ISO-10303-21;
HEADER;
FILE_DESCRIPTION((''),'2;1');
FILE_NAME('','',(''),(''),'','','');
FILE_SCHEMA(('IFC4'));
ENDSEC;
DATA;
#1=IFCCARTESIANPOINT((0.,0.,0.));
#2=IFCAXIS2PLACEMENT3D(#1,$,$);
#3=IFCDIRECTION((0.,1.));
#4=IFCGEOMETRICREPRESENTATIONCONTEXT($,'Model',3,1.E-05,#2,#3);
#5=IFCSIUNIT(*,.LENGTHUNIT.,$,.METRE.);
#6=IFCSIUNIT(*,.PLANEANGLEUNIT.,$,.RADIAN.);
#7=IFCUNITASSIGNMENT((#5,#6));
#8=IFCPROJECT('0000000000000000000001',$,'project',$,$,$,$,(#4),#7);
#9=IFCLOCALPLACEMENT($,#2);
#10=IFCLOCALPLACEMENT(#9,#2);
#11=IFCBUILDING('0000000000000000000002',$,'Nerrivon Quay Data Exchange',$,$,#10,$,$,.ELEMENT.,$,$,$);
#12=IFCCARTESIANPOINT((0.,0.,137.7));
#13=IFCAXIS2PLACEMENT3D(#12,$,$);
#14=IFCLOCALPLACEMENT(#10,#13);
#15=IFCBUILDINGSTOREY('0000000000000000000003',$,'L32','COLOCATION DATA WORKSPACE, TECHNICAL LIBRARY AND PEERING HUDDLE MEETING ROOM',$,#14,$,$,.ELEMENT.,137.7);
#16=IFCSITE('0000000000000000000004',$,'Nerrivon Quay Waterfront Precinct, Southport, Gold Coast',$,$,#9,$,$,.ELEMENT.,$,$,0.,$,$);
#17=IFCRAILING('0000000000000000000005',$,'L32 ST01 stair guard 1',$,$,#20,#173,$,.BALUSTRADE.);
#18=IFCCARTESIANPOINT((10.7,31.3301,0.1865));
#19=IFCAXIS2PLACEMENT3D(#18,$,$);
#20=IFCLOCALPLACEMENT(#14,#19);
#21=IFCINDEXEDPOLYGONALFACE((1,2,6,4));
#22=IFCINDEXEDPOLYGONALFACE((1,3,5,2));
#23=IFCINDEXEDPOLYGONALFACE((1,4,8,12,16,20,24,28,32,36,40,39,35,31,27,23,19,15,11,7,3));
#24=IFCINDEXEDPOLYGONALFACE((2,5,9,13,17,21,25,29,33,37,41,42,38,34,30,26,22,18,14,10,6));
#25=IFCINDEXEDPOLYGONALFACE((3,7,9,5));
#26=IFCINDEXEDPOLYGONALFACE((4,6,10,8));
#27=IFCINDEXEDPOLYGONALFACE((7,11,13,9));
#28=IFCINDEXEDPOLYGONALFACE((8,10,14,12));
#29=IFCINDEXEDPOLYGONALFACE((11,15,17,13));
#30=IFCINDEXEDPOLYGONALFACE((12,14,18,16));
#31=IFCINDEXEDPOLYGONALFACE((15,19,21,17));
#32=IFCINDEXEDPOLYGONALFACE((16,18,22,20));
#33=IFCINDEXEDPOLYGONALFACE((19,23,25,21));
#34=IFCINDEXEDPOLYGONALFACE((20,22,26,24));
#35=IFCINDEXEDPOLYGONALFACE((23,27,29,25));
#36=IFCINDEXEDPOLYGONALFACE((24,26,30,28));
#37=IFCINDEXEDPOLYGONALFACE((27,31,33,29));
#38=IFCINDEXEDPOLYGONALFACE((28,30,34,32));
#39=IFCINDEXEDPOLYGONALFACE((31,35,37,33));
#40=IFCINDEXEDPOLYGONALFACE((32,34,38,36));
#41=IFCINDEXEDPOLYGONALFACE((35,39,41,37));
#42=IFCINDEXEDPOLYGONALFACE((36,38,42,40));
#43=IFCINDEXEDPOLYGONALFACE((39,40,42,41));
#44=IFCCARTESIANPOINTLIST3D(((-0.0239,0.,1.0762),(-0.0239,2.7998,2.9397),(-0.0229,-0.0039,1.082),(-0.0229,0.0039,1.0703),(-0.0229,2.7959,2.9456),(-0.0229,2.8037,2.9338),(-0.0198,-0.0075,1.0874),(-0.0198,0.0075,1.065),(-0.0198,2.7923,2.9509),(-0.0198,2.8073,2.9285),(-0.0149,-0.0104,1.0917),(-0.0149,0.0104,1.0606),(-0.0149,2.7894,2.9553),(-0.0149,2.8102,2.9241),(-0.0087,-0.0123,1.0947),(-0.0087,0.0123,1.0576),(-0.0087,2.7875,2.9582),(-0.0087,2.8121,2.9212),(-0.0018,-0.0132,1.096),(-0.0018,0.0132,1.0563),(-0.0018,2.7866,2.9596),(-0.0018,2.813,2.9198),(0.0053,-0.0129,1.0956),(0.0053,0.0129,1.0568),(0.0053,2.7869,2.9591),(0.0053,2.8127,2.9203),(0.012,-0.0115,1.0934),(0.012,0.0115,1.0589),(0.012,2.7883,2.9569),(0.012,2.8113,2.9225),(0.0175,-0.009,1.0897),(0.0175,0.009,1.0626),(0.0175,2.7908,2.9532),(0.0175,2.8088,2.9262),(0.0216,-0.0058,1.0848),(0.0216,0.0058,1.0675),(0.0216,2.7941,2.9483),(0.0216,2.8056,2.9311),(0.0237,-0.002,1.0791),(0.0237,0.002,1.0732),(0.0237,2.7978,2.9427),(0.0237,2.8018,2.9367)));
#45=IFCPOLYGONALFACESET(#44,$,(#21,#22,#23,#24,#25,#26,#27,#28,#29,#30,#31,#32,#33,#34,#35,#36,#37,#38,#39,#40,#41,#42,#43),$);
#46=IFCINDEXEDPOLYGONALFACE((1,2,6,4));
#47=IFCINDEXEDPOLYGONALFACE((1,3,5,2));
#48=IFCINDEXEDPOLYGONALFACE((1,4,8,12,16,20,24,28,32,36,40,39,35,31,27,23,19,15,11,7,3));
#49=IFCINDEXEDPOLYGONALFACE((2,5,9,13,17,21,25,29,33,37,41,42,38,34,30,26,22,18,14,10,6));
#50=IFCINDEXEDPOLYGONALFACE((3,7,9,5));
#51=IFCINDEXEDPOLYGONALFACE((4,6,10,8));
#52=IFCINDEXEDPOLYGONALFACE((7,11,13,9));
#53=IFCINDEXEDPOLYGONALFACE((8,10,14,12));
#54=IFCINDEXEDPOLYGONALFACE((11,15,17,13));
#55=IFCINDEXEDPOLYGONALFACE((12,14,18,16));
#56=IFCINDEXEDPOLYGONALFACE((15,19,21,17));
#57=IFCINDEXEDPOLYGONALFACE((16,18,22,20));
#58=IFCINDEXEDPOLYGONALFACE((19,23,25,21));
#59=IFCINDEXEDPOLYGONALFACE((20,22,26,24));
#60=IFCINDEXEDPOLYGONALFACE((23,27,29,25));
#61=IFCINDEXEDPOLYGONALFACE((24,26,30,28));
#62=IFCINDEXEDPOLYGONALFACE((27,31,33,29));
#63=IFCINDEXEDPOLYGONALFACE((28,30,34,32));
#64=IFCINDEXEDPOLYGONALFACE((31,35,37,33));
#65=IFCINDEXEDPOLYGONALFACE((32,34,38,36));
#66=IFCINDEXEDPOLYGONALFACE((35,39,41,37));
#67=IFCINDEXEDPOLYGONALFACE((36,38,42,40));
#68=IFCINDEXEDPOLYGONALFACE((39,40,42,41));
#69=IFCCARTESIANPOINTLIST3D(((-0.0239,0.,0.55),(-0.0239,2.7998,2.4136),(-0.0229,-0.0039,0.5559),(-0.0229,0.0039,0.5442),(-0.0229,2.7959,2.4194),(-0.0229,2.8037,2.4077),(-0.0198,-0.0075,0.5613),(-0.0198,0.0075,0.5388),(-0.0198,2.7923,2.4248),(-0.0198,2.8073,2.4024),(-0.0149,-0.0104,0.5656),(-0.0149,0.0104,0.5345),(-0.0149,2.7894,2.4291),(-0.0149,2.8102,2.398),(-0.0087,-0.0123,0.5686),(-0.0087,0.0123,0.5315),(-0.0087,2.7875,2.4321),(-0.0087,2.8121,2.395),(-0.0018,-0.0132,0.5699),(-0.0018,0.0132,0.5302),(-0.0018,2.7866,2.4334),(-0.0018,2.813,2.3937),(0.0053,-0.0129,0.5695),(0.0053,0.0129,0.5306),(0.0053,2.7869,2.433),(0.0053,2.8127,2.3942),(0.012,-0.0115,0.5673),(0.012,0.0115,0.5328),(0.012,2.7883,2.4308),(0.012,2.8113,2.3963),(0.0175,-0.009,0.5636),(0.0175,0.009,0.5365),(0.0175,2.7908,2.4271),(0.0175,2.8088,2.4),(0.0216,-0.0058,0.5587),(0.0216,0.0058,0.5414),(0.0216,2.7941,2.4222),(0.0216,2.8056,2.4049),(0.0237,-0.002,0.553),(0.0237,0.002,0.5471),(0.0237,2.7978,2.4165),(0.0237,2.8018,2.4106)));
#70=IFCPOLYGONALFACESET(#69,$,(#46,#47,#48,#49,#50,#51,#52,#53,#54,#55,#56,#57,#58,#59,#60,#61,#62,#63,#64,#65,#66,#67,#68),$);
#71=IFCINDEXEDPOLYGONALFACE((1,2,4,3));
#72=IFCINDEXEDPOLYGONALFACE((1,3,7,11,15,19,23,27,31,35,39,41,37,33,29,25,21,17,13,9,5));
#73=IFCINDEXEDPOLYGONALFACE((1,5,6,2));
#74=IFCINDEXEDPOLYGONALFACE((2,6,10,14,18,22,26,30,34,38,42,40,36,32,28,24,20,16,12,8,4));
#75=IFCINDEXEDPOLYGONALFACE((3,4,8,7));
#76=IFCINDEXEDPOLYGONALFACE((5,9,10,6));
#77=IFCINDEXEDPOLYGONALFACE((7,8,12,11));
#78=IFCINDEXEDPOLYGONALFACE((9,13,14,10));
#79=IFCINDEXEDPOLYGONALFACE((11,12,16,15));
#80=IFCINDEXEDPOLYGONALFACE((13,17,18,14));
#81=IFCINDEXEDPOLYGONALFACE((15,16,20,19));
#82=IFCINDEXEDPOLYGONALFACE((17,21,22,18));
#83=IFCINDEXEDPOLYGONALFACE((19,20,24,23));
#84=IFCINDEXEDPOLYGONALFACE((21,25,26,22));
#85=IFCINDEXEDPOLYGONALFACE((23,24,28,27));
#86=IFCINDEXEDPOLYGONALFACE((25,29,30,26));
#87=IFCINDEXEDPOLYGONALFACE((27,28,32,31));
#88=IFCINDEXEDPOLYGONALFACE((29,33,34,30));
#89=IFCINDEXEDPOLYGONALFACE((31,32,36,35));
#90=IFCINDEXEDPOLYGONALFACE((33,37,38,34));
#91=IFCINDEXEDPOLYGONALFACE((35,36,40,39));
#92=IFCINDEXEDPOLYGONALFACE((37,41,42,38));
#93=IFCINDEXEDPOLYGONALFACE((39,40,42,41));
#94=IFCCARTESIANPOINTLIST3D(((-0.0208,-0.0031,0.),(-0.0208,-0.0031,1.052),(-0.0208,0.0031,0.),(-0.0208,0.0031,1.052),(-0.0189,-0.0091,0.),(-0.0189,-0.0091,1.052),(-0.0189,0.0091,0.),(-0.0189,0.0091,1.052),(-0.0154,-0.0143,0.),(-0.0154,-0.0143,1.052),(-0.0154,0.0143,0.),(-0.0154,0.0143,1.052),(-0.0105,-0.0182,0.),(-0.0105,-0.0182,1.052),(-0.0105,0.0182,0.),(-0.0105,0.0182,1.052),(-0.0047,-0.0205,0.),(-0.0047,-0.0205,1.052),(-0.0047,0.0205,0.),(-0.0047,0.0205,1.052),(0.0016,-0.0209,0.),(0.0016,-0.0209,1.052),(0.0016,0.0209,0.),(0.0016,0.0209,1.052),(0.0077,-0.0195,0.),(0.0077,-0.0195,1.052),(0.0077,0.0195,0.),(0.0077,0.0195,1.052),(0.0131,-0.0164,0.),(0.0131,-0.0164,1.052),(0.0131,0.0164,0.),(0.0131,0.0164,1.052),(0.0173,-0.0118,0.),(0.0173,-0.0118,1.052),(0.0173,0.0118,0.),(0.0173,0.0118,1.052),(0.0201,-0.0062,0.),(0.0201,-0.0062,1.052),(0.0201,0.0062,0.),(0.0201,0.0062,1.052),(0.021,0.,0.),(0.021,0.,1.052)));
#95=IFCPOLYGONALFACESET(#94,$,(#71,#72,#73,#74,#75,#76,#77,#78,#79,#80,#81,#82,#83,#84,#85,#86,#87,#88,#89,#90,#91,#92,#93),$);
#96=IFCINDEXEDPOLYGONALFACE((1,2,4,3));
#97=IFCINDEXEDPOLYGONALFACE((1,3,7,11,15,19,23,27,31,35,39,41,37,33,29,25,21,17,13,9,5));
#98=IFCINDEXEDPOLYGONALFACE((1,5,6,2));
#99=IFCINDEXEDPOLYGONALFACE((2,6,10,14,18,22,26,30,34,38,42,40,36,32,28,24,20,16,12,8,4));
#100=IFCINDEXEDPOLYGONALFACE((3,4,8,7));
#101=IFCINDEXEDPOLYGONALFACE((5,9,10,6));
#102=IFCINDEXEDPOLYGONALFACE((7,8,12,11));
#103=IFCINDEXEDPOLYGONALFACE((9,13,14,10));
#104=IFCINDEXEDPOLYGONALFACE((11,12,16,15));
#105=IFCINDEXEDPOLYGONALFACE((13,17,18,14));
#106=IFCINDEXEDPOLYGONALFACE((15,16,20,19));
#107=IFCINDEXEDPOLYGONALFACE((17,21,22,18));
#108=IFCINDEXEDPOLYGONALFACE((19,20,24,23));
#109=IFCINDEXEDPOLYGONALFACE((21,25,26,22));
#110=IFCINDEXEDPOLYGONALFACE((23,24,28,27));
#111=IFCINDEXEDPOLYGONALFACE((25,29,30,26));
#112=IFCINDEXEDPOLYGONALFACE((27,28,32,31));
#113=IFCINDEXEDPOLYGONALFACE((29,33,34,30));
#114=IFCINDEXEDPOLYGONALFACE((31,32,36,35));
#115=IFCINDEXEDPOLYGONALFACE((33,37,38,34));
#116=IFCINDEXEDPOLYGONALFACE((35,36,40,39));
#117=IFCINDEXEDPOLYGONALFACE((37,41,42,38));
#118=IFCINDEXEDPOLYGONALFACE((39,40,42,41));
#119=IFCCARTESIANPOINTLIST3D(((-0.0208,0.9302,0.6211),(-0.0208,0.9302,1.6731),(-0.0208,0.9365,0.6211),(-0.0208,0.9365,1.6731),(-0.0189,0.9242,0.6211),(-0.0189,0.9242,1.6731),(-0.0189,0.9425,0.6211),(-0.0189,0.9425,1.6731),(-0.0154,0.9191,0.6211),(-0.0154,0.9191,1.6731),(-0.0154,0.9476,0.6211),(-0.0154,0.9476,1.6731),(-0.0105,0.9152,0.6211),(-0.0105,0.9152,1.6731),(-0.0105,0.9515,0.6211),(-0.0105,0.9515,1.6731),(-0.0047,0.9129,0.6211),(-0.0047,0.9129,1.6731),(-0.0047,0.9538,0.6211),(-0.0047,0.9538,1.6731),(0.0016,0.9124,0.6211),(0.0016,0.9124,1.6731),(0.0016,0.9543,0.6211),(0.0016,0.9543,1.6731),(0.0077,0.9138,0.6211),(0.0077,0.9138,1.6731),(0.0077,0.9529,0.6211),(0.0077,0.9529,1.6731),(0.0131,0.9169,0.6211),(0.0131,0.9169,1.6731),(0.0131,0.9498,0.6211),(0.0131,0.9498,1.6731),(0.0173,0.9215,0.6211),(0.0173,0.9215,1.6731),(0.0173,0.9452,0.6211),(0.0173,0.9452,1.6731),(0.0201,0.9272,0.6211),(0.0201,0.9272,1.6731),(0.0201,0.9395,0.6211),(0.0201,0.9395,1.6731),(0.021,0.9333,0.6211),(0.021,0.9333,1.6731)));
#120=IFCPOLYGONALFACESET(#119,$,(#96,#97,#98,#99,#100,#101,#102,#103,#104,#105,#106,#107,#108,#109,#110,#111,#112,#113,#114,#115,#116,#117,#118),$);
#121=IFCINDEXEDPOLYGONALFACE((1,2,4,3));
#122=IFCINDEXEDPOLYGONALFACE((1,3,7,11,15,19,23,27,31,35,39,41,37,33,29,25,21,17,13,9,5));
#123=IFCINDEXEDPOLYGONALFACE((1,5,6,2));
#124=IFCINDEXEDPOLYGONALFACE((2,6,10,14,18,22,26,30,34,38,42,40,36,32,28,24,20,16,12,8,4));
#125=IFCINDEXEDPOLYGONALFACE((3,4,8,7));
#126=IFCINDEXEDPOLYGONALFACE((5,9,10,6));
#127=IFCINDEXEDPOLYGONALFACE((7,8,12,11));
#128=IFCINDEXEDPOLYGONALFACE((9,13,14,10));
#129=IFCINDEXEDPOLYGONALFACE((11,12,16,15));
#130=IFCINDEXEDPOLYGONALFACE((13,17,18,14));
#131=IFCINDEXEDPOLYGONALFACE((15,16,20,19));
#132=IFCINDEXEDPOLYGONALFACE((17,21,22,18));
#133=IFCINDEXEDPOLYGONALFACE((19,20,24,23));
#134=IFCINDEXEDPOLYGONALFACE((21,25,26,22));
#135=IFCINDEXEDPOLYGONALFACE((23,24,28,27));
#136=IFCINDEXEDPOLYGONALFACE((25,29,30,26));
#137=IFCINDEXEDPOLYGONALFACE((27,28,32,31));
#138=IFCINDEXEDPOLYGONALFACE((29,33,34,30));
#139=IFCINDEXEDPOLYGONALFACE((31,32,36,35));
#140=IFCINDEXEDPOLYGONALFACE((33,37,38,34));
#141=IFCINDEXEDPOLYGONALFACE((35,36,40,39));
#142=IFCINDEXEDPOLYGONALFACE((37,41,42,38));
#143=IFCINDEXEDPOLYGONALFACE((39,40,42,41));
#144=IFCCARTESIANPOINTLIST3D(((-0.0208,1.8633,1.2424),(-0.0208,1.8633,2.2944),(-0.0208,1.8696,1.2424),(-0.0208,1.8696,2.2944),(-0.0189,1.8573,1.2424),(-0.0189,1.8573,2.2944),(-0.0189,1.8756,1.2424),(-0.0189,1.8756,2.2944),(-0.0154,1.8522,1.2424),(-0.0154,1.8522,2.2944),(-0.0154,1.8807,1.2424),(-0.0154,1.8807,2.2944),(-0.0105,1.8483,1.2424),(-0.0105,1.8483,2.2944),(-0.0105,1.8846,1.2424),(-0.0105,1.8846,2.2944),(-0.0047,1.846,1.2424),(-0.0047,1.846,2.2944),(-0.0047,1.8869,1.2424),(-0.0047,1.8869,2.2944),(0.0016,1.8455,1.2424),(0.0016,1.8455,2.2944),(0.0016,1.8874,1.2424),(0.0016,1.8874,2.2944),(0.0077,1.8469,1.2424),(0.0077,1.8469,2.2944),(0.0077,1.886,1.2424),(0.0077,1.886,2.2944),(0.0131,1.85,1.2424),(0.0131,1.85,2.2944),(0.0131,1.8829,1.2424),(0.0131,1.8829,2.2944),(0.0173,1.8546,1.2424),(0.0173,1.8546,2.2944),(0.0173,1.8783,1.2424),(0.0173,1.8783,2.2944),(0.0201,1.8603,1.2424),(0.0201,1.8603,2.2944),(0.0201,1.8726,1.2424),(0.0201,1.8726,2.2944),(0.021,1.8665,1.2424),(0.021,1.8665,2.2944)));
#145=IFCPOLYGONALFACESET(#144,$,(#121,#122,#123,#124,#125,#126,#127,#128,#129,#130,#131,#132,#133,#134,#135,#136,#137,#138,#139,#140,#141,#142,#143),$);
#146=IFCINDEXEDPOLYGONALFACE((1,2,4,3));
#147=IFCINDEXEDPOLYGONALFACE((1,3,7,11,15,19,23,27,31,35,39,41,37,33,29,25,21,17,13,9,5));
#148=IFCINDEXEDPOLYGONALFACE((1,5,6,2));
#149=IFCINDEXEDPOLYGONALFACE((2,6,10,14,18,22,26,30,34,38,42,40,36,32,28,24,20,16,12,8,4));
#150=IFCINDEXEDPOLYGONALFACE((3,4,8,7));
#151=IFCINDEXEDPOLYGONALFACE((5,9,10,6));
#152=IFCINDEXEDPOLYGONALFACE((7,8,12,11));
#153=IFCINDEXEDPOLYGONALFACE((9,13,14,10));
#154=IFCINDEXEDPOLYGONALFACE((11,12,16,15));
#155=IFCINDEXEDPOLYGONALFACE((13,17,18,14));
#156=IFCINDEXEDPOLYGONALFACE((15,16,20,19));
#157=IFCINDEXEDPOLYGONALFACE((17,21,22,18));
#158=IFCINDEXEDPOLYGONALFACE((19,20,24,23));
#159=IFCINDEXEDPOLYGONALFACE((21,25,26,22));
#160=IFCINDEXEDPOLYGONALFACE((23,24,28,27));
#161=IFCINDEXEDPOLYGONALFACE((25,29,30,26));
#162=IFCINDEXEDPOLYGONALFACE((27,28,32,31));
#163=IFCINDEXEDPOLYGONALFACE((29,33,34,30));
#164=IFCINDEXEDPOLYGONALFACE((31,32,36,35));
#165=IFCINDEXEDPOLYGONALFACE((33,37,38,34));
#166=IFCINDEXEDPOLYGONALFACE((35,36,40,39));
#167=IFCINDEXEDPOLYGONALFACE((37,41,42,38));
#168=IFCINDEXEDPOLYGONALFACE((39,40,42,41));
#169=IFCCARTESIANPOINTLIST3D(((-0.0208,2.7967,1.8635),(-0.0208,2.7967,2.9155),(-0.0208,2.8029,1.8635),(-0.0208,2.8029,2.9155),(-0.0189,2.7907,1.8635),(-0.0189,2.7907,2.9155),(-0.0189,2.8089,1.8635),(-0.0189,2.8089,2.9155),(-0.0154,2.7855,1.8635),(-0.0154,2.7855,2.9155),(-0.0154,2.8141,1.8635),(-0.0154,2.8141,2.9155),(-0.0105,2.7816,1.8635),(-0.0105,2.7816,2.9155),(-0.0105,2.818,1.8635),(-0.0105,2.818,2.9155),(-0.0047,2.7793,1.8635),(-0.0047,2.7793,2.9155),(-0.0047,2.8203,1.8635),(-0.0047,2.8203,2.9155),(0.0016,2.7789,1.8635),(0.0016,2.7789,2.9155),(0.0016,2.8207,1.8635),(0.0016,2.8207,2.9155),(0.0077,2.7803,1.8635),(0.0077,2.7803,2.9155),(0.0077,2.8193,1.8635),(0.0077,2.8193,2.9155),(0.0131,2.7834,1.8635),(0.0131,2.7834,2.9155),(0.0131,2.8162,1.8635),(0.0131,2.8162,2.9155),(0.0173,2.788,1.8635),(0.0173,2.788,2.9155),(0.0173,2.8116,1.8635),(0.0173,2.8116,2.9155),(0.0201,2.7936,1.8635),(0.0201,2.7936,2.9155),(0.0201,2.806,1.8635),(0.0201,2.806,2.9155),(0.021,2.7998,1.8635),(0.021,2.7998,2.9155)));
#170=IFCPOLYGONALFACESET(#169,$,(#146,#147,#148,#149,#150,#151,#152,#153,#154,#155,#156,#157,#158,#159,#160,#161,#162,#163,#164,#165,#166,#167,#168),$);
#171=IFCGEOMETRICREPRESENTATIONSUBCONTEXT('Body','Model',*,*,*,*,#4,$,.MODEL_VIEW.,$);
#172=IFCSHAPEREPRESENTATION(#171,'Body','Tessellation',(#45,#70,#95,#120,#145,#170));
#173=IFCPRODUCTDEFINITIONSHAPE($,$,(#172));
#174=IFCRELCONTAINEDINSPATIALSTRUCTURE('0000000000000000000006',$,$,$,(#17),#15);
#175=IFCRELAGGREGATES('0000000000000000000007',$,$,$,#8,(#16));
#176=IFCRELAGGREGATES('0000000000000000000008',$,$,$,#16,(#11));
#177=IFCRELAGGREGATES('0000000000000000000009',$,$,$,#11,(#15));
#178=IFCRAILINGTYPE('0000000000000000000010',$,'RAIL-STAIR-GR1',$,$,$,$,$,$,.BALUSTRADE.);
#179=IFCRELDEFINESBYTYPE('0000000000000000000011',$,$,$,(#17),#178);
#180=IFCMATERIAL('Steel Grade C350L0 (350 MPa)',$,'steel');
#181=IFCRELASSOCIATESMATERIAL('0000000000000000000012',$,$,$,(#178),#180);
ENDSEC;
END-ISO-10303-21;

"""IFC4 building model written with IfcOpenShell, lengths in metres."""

from ifc_helpers import new_model, si_unit, direction, frame, origin, origin_2d, place, context, subcontext, project, spatial, circle, extrude, material, type_object, element, save


model = new_model("IFC4")

# Units and contexts
model_context = context("Model", 3, precision=1e-05, world=origin(), true_north=direction((0.0, 1.0)))
body_context = subcontext(model_context, "Body", "Model", "MODEL_VIEW")
ifc_project = project(units=[si_unit("LENGTHUNIT", "METRE"), si_unit("PLANEANGLEUNIT", "RADIAN")], contexts=[model_context])

# Site, building, storey
site_placement = place(None, origin())
site = spatial("IfcSite", under=ifc_project, at=site_placement, Name="Nerrivon Quay Waterfront Precinct, Southport, Gold Coast", CompositionType="ELEMENT", RefElevation=0.0)
building_placement = place(site_placement, origin())
building = spatial("IfcBuilding", under=site, at=building_placement, Name="Nerrivon Quay Data Exchange", CompositionType="ELEMENT")
storey_placement = place(building_placement, frame((0.0, 0.0, 137.7)))
storey = spatial("IfcBuildingStorey", under=building, at=storey_placement, Name="L32", Description="COLOCATION DATA WORKSPACE, TECHNICAL LIBRARY AND PEERING HUDDLE MEETING ROOM", CompositionType="ELEMENT", Elevation=137.7)

# Railing
ifc_material_1 = material(Name="Steel Grade C350L0 (350 MPa)", Category="steel")
railing_type_1 = type_object("IfcRailingType", Name="RAIL-STAIR-GR1", PredefinedType="BALUSTRADE", material=ifc_material_1)
railing_1_placement = place(storey_placement, frame((10.7, 31.3301, 0.1865)))
element("IfcRailing", 1, at=railing_1_placement, inside=storey, type_object=railing_type_1, Name="L32 ST01 stair guard 1", PredefinedType="BALUSTRADE", context=body_context, shape_type="SweptSolid", body=[
    extrude(circle(Radius=0.0239, at=origin_2d()), frame((0.0, 0.0, 1.0762), z_axis=(0.0, 0.832463, 0.55408), x_axis=(-1.0, 0.0, 0.0)), (0.0, 0.0, 1.0), 3.3633),
    extrude(circle(Radius=0.0239, at=origin_2d()), frame((0.0, 0.0, 0.55), z_axis=(0.0, 0.832463, 0.55408), x_axis=(-1.0, 0.0, 0.0)), (0.0, 0.0, 1.0), 3.3633),
    extrude(circle(Radius=0.021, at=origin_2d()), origin(), (0.0, 0.0, 1.0), 1.052),
    extrude(circle(Radius=0.021, at=origin_2d()), frame((0.0, 0.9333, 0.6211)), (0.0, 0.0, 1.0), 1.052),
    extrude(circle(Radius=0.021, at=origin_2d()), frame((0.0, 1.8665, 1.2424)), (0.0, 0.0, 1.0), 1.052),
    extrude(circle(Radius=0.021, at=origin_2d()), frame((0.0, 2.7998, 1.8635)), (0.0, 0.0, 1.0), 1.052),
])

save(model, "model.ifc")
